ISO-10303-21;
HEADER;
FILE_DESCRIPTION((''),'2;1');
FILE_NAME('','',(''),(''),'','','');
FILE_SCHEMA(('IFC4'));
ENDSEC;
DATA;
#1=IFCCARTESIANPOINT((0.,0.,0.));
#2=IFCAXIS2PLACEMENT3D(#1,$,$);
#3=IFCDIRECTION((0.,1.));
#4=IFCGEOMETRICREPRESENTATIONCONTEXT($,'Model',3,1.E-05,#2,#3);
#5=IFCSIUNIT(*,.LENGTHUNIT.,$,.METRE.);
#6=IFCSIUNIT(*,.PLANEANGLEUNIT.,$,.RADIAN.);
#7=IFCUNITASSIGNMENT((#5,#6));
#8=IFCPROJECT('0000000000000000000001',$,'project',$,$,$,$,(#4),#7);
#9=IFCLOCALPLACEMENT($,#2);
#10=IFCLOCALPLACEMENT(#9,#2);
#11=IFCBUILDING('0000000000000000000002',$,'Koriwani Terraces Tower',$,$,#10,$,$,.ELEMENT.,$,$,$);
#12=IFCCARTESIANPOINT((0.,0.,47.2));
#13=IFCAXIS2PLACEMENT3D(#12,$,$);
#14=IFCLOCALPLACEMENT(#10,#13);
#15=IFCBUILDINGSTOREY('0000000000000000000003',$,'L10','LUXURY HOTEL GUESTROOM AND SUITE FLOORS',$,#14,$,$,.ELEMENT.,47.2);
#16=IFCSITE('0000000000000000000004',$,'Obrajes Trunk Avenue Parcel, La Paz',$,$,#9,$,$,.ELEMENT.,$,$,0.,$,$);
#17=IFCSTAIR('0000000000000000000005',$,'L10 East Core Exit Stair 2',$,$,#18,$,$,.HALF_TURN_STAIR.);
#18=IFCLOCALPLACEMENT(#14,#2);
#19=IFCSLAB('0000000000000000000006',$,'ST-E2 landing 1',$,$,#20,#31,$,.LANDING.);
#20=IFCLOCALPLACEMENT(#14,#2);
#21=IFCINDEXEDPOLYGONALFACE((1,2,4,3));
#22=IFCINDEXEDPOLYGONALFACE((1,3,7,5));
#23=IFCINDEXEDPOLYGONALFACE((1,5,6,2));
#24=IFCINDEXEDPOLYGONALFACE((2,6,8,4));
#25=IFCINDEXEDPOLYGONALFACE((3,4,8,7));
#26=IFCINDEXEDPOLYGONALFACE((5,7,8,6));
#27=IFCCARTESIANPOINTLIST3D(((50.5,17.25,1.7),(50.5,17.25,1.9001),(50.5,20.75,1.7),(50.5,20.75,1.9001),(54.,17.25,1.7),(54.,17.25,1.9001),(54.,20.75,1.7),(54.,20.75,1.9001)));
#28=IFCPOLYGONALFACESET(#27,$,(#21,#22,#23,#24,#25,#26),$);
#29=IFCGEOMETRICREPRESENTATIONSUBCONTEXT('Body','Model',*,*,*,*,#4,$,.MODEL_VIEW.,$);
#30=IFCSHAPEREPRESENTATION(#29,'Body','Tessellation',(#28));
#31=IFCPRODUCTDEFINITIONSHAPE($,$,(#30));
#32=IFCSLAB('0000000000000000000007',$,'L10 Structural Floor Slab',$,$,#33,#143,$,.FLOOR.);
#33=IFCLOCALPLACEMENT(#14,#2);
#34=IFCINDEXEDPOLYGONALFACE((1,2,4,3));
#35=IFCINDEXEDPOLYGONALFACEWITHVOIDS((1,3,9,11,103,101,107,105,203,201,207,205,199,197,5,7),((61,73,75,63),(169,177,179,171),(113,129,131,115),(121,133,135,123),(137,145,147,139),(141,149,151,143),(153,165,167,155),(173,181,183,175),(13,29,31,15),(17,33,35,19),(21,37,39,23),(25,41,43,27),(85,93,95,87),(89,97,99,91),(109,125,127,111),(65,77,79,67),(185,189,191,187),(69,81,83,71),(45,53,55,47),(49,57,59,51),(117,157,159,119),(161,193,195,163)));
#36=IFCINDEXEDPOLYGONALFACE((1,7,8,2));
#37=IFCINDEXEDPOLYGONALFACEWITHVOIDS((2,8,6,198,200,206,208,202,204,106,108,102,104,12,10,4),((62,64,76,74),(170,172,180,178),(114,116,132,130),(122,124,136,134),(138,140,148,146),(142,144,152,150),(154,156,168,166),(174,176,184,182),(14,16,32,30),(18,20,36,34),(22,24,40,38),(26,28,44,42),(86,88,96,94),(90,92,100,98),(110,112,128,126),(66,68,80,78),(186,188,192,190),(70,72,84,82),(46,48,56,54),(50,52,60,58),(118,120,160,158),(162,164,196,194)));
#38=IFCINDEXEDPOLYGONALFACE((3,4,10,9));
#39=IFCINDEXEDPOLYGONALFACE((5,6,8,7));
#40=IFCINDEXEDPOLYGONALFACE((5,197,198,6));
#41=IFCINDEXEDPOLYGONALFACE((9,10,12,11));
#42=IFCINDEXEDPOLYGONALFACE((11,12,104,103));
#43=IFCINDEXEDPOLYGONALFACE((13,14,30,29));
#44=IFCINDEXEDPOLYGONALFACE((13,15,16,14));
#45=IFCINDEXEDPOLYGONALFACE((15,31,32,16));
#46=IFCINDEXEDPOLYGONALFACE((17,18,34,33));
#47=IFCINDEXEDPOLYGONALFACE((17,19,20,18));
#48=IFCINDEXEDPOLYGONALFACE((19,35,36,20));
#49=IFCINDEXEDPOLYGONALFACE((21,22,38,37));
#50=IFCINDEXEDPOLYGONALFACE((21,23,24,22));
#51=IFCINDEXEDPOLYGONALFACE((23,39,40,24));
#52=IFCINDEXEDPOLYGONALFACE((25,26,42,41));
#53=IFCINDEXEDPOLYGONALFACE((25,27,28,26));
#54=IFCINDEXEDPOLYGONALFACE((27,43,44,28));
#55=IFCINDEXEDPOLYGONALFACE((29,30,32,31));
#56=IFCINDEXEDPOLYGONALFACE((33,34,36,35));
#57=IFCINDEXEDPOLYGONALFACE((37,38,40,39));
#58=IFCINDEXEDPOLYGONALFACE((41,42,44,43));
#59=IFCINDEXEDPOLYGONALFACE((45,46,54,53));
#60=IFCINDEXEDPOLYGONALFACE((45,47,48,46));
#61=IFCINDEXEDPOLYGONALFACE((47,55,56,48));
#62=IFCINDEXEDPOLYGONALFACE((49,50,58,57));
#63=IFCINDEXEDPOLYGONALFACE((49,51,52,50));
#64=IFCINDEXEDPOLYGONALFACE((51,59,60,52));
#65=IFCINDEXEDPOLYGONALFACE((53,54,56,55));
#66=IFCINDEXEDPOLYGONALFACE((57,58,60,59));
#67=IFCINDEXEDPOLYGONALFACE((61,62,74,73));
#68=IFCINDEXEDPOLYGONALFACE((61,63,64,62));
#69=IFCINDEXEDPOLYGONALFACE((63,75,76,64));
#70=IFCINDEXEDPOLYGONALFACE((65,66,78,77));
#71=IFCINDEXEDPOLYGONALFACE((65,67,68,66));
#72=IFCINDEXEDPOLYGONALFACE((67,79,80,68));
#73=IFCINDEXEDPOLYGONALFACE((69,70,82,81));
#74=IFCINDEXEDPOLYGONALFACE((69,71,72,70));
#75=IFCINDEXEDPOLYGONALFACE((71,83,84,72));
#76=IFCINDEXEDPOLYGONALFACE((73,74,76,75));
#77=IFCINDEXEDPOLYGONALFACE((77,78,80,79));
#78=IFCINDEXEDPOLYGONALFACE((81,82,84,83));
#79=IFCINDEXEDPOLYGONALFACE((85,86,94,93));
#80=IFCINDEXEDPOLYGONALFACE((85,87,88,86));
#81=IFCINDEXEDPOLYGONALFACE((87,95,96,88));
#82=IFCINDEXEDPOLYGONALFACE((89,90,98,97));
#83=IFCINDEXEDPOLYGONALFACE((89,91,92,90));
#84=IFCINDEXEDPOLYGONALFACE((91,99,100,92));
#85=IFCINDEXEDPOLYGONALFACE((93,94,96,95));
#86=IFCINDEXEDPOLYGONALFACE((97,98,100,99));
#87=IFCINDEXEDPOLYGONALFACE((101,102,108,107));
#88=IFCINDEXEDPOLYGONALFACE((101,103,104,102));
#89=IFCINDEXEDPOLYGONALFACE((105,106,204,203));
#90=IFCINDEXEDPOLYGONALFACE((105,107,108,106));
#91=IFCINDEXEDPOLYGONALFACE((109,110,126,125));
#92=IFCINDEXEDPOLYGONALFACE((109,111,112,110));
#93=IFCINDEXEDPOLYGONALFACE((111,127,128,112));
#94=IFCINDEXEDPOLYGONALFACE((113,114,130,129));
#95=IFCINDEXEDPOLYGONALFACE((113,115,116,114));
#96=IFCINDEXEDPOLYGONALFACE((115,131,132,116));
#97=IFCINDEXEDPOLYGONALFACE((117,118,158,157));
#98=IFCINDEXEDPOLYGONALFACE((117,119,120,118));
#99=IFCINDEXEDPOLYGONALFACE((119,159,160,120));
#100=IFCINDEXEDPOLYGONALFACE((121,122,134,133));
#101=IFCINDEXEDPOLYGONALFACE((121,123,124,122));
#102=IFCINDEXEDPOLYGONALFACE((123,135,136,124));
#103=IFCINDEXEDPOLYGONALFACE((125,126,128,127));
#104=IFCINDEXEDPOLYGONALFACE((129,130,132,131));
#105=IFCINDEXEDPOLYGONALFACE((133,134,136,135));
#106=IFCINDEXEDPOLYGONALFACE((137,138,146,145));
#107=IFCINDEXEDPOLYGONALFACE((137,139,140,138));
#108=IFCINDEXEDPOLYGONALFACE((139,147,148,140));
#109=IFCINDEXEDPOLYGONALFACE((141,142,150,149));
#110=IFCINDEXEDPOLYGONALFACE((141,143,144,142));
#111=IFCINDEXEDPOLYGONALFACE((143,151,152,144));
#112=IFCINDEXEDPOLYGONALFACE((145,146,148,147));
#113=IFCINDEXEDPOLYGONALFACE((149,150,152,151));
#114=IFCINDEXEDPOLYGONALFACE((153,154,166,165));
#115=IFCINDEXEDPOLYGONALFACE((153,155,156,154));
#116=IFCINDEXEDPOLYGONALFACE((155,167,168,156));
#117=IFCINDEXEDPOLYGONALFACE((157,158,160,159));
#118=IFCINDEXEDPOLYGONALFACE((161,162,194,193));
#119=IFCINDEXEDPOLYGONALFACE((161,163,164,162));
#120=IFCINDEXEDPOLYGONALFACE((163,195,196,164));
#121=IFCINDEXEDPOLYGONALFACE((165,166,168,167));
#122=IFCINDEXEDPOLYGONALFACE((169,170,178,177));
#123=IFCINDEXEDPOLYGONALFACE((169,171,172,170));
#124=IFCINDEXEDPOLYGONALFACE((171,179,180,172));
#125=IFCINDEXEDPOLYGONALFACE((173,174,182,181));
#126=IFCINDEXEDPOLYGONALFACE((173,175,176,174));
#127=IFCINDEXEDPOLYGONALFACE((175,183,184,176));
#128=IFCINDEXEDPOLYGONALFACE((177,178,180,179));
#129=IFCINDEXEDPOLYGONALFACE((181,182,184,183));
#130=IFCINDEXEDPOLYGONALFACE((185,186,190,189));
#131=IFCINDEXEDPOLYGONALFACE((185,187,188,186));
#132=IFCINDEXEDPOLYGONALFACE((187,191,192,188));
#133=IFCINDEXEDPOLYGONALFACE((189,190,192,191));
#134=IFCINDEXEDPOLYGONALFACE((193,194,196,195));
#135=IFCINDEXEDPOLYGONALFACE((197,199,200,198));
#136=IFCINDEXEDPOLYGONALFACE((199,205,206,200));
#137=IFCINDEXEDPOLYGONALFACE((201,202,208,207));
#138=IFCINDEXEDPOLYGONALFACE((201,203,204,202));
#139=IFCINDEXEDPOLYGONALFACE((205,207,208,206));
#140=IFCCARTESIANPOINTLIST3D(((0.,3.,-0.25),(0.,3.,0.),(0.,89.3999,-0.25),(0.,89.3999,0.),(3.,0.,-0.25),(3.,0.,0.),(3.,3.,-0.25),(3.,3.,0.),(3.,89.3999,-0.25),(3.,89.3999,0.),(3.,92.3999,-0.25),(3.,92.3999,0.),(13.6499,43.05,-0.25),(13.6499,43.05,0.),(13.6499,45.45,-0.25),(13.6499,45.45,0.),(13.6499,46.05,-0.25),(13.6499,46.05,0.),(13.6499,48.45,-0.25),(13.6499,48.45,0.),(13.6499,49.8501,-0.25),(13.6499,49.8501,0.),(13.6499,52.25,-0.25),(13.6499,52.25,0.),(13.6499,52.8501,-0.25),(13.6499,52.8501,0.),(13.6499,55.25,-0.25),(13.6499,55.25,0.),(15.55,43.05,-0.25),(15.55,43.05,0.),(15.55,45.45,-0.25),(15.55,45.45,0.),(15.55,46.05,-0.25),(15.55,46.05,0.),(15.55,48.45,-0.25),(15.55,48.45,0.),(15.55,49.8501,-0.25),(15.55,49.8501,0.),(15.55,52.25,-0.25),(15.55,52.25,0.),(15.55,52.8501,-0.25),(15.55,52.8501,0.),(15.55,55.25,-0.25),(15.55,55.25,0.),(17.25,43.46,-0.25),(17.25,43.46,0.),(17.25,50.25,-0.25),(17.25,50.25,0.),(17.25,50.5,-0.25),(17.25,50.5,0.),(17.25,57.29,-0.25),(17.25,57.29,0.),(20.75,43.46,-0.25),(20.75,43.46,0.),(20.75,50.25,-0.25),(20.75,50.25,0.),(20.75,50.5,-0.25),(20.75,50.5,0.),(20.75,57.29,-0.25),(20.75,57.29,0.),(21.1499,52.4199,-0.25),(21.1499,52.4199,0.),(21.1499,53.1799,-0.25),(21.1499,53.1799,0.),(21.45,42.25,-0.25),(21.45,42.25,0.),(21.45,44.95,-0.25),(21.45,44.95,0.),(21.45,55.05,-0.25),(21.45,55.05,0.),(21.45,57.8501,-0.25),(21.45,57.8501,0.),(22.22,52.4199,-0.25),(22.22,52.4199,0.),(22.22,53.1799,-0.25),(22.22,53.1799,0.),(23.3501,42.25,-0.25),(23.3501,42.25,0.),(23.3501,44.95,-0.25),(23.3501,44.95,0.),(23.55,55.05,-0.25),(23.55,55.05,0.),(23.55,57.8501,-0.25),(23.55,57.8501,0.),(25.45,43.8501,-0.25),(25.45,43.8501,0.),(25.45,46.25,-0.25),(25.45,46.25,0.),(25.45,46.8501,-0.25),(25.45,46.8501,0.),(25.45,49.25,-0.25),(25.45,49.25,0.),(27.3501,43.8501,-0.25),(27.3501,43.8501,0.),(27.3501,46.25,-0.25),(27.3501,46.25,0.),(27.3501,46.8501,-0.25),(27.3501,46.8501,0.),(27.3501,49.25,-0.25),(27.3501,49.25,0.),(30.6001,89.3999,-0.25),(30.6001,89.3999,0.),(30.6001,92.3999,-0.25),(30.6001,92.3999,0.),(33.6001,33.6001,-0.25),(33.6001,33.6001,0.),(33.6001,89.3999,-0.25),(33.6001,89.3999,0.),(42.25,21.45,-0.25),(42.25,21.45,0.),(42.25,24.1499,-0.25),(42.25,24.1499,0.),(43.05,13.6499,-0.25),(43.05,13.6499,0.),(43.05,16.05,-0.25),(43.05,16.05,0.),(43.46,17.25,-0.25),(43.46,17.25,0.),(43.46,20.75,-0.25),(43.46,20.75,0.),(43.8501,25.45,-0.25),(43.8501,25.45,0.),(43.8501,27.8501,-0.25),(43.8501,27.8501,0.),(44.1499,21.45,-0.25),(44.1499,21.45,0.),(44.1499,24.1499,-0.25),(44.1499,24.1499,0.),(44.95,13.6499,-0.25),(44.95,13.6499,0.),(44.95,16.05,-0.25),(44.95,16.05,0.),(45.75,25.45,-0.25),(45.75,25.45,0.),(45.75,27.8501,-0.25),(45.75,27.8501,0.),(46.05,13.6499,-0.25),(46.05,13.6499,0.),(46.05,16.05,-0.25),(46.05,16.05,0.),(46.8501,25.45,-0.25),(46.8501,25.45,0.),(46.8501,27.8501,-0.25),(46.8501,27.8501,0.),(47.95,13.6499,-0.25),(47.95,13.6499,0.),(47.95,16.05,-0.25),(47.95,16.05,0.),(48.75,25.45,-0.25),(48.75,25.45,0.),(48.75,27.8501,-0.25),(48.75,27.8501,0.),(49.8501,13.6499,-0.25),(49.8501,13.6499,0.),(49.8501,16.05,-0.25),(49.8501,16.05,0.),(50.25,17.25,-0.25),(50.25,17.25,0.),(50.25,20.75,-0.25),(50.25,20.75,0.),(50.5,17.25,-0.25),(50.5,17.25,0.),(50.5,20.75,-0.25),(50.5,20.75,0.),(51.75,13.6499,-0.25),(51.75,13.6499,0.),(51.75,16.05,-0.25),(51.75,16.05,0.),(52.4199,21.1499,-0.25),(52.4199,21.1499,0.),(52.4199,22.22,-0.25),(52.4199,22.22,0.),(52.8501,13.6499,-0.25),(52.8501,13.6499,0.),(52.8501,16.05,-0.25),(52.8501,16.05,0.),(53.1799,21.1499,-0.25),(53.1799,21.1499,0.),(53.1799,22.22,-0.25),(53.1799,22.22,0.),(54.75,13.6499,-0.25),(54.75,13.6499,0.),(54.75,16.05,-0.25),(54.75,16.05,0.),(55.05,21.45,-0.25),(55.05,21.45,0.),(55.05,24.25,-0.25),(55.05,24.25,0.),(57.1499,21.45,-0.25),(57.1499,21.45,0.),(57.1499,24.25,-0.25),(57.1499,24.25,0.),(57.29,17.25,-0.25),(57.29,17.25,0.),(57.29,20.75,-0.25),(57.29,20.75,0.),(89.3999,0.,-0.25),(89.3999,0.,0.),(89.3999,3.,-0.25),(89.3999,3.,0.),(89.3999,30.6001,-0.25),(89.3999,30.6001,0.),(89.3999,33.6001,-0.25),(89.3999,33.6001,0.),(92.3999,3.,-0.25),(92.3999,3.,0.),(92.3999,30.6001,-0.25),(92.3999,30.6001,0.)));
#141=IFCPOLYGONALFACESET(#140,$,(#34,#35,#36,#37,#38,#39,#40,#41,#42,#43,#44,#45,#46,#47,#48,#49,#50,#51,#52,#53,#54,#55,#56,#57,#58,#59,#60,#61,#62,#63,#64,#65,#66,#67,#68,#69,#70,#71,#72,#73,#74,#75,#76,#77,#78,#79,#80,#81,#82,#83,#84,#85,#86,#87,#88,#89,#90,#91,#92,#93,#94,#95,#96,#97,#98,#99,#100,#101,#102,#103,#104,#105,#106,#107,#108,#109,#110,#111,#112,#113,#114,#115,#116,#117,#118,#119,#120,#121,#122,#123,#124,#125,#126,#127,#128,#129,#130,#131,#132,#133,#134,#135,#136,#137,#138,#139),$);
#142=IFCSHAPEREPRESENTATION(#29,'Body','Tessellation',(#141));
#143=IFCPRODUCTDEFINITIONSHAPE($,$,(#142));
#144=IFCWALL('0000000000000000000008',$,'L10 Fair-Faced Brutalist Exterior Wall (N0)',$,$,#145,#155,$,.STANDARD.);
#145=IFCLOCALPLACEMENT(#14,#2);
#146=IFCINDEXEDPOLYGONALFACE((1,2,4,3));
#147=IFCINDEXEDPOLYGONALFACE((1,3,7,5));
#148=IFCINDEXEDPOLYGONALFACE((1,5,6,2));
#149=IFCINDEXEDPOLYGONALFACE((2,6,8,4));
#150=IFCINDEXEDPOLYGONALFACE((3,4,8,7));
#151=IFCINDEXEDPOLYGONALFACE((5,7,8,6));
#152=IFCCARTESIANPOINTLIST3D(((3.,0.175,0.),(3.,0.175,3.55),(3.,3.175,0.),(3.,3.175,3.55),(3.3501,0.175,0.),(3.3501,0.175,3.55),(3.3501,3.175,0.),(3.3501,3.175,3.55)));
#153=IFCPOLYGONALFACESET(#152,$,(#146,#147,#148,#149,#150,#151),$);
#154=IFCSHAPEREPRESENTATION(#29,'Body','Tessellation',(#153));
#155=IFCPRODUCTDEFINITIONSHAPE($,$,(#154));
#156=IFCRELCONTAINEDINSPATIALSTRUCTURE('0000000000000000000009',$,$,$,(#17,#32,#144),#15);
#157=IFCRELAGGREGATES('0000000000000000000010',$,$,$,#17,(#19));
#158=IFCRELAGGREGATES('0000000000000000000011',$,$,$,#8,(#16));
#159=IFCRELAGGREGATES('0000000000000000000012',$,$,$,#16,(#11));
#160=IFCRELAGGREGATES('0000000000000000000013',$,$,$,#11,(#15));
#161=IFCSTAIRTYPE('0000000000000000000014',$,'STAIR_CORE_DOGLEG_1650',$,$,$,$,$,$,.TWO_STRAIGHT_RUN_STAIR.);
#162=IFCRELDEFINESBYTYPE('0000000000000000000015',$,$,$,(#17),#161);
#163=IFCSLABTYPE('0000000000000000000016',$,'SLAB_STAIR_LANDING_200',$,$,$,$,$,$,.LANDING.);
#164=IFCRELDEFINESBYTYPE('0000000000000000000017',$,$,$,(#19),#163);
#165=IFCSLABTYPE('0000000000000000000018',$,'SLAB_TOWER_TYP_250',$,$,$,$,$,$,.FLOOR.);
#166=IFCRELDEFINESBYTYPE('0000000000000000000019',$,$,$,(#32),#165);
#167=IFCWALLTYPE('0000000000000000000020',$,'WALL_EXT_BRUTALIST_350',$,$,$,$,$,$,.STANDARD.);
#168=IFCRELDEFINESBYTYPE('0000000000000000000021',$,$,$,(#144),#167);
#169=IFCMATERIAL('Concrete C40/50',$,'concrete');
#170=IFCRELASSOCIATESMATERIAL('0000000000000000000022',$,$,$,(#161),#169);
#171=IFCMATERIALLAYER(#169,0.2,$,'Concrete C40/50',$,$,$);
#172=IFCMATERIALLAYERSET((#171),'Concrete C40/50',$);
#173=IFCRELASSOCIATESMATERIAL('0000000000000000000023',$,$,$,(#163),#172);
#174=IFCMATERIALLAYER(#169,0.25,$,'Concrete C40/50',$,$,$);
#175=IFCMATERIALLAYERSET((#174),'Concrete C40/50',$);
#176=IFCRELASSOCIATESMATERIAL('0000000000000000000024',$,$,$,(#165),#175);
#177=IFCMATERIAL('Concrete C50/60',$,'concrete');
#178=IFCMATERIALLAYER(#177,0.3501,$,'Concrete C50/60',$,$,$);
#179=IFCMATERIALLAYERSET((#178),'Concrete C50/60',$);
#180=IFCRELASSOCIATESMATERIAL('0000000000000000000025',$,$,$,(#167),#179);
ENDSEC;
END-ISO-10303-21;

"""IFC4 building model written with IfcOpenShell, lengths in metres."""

from ifc_helpers import new_model, si_unit, direction, frame, frame_2d, origin, place, context, subcontext, project, spatial, polyline, rectangle, outline, extrude, material, layer, layer_set, type_object, element, aggregate, save


model = new_model("IFC4")

# Units and contexts
model_context = context("Model", 3, precision=1e-05, world=origin(), true_north=direction((0.0, 1.0)))
body_context = subcontext(model_context, "Body", "Model", "MODEL_VIEW")
ifc_project = project(units=[si_unit("LENGTHUNIT", "METRE"), si_unit("PLANEANGLEUNIT", "RADIAN")], contexts=[model_context])

# Site, building, storey
site_placement = place(None, origin())
site = spatial("IfcSite", under=ifc_project, at=site_placement, Name="Obrajes Trunk Avenue Parcel, La Paz", CompositionType="ELEMENT", RefElevation=0.0)
building_placement = place(site_placement, origin())
building = spatial("IfcBuilding", under=site, at=building_placement, Name="Koriwani Terraces Tower", CompositionType="ELEMENT")
storey_placement = place(building_placement, frame((0.0, 0.0, 47.2)))
storey = spatial("IfcBuildingStorey", under=building, at=storey_placement, Name="L10", Description="LUXURY HOTEL GUESTROOM AND SUITE FLOORS", CompositionType="ELEMENT", Elevation=47.2)

# Shared definitions
ifc_material_1 = material(Name="Concrete C50/60", Category="concrete")

# Shared definitions
ifc_material_2 = material(Name="Concrete C40/50", Category="concrete")

# Stair, slab
stair_type = type_object("IfcStairType", Name="STAIR_CORE_DOGLEG_1650", PredefinedType="TWO_STRAIGHT_RUN_STAIR", material=ifc_material_2)
ifc_layer_1 = layer(ifc_material_2, 0.2, Name="Concrete C40/50")
ifc_layer_set_1 = layer_set([ifc_layer_1], Name="Concrete C40/50")
slab_type_1 = type_object("IfcSlabType", Name="SLAB_STAIR_LANDING_200", PredefinedType="LANDING", material=ifc_layer_set_1)
stair_1_placement = place(storey_placement, origin())
stair_1 = element("IfcStair", 1, at=stair_1_placement, inside=storey, type_object=stair_type, Name="L10 East Core Exit Stair 2", PredefinedType="HALF_TURN_STAIR")
slab_1_placement = place(storey_placement, frame((0.0, 0.0, 1.7)))
slab_1 = element("IfcSlab", 2, at=slab_1_placement, type_object=slab_type_1, Name="ST-E2 landing 1", PredefinedType="LANDING", context=body_context, shape_type="SweptSolid", body=[
    extrude(outline(polyline([(54.0, 20.75), (50.5, 20.75), (50.5, 17.25), (54.0, 17.25), (54.0, 20.75)])), origin(), (0.0, 0.0, 1.0), 0.2002),
])
aggregate(stair_1, [slab_1])

# Slab
ifc_layer_2 = layer(ifc_material_2, 0.25, Name="Concrete C40/50")
ifc_layer_set_2 = layer_set([ifc_layer_2], Name="Concrete C40/50")
slab_type_2 = type_object("IfcSlabType", Name="SLAB_TOWER_TYP_250", PredefinedType="FLOOR", material=ifc_layer_set_2)
slab_2_placement = place(storey_placement, frame((0.0, 0.0, -0.25)))
element("IfcSlab", 3, at=slab_2_placement, inside=storey, type_object=slab_type_2, Name="L10 Structural Floor Slab", PredefinedType="FLOOR", context=body_context, shape_type="SweptSolid", body=[
    extrude(outline(polyline([(3.0, 0.0), (89.3999, 0.0), (89.3999, 3.0), (92.3999, 3.0), (92.3999, 30.6001), (89.3999, 30.6001), (89.3999, 33.6001), (33.6001, 33.6001), (33.6001, 89.3999), (30.6001, 89.3999), (30.6001, 92.3999), (3.0, 92.3999), (3.0, 89.3999), (0.0, 89.3999), (0.0, 3.0), (3.0, 3.0), (3.0, 0.0)]), holes=[polyline([(17.25, 43.46), (20.75, 43.46), (20.75, 50.25), (17.25, 50.25), (17.25, 43.46)]), polyline([(17.25, 50.5), (20.75, 50.5), (20.75, 57.29), (17.25, 57.29), (17.25, 50.5)]), polyline([(43.46, 17.25), (50.25, 17.25), (50.25, 20.75), (43.46, 20.75), (43.46, 17.25)]), polyline([(50.5, 17.25), (57.29, 17.25), (57.29, 20.75), (50.5, 20.75), (50.5, 17.25)]), polyline([(13.6499, 43.05), (15.55, 43.05), (15.55, 45.45), (13.6499, 45.45), (13.6499, 43.05)]), polyline([(13.6499, 46.05), (15.55, 46.05), (15.55, 48.45), (13.6499, 48.45), (13.6499, 46.05)]), polyline([(43.05, 13.6499), (44.95, 13.6499), (44.95, 16.05), (43.05, 16.05), (43.05, 13.6499)]), polyline([(46.05, 13.6499), (47.95, 13.6499), (47.95, 16.05), (46.05, 16.05), (46.05, 13.6499)]), polyline([(13.6499, 49.8501), (15.55, 49.8501), (15.55, 52.25), (13.6499, 52.25), (13.6499, 49.8501)]), polyline([(13.6499, 52.8501), (15.55, 52.8501), (15.55, 55.25), (13.6499, 55.25), (13.6499, 52.8501)]), polyline([(49.8501, 13.6499), (51.75, 13.6499), (51.75, 16.05), (49.8501, 16.05), (49.8501, 13.6499)]), polyline([(52.8501, 13.6499), (54.75, 13.6499), (54.75, 16.05), (52.8501, 16.05), (52.8501, 13.6499)]), polyline([(25.45, 43.8501), (27.3501, 43.8501), (27.3501, 46.25), (25.45, 46.25), (25.45, 43.8501)]), polyline([(25.45, 46.8501), (27.3501, 46.8501), (27.3501, 49.25), (25.45, 49.25), (25.45, 46.8501)]), polyline([(43.8501, 25.45), (45.75, 25.45), (45.75, 27.8501), (43.8501, 27.8501), (43.8501, 25.45)]), polyline([(46.8501, 25.45), (48.75, 25.45), (48.75, 27.8501), (46.8501, 27.8501), (46.8501, 25.45)]), polyline([(21.45, 55.05), (23.55, 55.05), (23.55, 57.8501), (21.45, 57.8501), (21.45, 55.05)]), polyline([(55.05, 21.45), (57.1499, 21.45), (57.1499, 24.25), (55.05, 24.25), (55.05, 21.45)]), polyline([(21.45, 42.25), (23.3501, 42.25), (23.3501, 44.95), (21.45, 44.95), (21.45, 42.25)]), polyline([(42.25, 21.45), (44.1499, 21.45), (44.1499, 24.1499), (42.25, 24.1499), (42.25, 21.45)]), polyline([(21.1499, 52.4199), (22.22, 52.4199), (22.22, 53.1799), (21.1499, 53.1799), (21.1499, 52.4199)]), polyline([(52.4199, 21.1499), (53.1799, 21.1499), (53.1799, 22.22), (52.4199, 22.22), (52.4199, 21.1499)])]), origin(), (0.0, 0.0, 1.0), 0.25),
])

# Wall
ifc_layer_3 = layer(ifc_material_1, 0.3501, Name="Concrete C50/60")
ifc_layer_set_3 = layer_set([ifc_layer_3], Name="Concrete C50/60")
wall_type_1 = type_object("IfcWallType", Name="WALL_EXT_BRUTALIST_350", PredefinedType="STANDARD", material=ifc_layer_set_3)
wall_1_placement = place(storey_placement, frame((3.175, 0.175, 0.0), z_axis=(0.0, 0.0, 1.0), x_axis=(0.0, 1.0, 0.0)))
element("IfcWall", 4, at=wall_1_placement, inside=storey, type_object=wall_type_1, Name="L10 Fair-Faced Brutalist Exterior Wall (N0)", PredefinedType="STANDARD", context=body_context, shape_type="SweptSolid", body=[
    extrude(rectangle(XDim=3.0, YDim=0.3501, at=frame_2d((1.5, 0.0))), origin(), (0.0, 0.0, 1.0), 3.55),
])

save(model, "model.ifc")
